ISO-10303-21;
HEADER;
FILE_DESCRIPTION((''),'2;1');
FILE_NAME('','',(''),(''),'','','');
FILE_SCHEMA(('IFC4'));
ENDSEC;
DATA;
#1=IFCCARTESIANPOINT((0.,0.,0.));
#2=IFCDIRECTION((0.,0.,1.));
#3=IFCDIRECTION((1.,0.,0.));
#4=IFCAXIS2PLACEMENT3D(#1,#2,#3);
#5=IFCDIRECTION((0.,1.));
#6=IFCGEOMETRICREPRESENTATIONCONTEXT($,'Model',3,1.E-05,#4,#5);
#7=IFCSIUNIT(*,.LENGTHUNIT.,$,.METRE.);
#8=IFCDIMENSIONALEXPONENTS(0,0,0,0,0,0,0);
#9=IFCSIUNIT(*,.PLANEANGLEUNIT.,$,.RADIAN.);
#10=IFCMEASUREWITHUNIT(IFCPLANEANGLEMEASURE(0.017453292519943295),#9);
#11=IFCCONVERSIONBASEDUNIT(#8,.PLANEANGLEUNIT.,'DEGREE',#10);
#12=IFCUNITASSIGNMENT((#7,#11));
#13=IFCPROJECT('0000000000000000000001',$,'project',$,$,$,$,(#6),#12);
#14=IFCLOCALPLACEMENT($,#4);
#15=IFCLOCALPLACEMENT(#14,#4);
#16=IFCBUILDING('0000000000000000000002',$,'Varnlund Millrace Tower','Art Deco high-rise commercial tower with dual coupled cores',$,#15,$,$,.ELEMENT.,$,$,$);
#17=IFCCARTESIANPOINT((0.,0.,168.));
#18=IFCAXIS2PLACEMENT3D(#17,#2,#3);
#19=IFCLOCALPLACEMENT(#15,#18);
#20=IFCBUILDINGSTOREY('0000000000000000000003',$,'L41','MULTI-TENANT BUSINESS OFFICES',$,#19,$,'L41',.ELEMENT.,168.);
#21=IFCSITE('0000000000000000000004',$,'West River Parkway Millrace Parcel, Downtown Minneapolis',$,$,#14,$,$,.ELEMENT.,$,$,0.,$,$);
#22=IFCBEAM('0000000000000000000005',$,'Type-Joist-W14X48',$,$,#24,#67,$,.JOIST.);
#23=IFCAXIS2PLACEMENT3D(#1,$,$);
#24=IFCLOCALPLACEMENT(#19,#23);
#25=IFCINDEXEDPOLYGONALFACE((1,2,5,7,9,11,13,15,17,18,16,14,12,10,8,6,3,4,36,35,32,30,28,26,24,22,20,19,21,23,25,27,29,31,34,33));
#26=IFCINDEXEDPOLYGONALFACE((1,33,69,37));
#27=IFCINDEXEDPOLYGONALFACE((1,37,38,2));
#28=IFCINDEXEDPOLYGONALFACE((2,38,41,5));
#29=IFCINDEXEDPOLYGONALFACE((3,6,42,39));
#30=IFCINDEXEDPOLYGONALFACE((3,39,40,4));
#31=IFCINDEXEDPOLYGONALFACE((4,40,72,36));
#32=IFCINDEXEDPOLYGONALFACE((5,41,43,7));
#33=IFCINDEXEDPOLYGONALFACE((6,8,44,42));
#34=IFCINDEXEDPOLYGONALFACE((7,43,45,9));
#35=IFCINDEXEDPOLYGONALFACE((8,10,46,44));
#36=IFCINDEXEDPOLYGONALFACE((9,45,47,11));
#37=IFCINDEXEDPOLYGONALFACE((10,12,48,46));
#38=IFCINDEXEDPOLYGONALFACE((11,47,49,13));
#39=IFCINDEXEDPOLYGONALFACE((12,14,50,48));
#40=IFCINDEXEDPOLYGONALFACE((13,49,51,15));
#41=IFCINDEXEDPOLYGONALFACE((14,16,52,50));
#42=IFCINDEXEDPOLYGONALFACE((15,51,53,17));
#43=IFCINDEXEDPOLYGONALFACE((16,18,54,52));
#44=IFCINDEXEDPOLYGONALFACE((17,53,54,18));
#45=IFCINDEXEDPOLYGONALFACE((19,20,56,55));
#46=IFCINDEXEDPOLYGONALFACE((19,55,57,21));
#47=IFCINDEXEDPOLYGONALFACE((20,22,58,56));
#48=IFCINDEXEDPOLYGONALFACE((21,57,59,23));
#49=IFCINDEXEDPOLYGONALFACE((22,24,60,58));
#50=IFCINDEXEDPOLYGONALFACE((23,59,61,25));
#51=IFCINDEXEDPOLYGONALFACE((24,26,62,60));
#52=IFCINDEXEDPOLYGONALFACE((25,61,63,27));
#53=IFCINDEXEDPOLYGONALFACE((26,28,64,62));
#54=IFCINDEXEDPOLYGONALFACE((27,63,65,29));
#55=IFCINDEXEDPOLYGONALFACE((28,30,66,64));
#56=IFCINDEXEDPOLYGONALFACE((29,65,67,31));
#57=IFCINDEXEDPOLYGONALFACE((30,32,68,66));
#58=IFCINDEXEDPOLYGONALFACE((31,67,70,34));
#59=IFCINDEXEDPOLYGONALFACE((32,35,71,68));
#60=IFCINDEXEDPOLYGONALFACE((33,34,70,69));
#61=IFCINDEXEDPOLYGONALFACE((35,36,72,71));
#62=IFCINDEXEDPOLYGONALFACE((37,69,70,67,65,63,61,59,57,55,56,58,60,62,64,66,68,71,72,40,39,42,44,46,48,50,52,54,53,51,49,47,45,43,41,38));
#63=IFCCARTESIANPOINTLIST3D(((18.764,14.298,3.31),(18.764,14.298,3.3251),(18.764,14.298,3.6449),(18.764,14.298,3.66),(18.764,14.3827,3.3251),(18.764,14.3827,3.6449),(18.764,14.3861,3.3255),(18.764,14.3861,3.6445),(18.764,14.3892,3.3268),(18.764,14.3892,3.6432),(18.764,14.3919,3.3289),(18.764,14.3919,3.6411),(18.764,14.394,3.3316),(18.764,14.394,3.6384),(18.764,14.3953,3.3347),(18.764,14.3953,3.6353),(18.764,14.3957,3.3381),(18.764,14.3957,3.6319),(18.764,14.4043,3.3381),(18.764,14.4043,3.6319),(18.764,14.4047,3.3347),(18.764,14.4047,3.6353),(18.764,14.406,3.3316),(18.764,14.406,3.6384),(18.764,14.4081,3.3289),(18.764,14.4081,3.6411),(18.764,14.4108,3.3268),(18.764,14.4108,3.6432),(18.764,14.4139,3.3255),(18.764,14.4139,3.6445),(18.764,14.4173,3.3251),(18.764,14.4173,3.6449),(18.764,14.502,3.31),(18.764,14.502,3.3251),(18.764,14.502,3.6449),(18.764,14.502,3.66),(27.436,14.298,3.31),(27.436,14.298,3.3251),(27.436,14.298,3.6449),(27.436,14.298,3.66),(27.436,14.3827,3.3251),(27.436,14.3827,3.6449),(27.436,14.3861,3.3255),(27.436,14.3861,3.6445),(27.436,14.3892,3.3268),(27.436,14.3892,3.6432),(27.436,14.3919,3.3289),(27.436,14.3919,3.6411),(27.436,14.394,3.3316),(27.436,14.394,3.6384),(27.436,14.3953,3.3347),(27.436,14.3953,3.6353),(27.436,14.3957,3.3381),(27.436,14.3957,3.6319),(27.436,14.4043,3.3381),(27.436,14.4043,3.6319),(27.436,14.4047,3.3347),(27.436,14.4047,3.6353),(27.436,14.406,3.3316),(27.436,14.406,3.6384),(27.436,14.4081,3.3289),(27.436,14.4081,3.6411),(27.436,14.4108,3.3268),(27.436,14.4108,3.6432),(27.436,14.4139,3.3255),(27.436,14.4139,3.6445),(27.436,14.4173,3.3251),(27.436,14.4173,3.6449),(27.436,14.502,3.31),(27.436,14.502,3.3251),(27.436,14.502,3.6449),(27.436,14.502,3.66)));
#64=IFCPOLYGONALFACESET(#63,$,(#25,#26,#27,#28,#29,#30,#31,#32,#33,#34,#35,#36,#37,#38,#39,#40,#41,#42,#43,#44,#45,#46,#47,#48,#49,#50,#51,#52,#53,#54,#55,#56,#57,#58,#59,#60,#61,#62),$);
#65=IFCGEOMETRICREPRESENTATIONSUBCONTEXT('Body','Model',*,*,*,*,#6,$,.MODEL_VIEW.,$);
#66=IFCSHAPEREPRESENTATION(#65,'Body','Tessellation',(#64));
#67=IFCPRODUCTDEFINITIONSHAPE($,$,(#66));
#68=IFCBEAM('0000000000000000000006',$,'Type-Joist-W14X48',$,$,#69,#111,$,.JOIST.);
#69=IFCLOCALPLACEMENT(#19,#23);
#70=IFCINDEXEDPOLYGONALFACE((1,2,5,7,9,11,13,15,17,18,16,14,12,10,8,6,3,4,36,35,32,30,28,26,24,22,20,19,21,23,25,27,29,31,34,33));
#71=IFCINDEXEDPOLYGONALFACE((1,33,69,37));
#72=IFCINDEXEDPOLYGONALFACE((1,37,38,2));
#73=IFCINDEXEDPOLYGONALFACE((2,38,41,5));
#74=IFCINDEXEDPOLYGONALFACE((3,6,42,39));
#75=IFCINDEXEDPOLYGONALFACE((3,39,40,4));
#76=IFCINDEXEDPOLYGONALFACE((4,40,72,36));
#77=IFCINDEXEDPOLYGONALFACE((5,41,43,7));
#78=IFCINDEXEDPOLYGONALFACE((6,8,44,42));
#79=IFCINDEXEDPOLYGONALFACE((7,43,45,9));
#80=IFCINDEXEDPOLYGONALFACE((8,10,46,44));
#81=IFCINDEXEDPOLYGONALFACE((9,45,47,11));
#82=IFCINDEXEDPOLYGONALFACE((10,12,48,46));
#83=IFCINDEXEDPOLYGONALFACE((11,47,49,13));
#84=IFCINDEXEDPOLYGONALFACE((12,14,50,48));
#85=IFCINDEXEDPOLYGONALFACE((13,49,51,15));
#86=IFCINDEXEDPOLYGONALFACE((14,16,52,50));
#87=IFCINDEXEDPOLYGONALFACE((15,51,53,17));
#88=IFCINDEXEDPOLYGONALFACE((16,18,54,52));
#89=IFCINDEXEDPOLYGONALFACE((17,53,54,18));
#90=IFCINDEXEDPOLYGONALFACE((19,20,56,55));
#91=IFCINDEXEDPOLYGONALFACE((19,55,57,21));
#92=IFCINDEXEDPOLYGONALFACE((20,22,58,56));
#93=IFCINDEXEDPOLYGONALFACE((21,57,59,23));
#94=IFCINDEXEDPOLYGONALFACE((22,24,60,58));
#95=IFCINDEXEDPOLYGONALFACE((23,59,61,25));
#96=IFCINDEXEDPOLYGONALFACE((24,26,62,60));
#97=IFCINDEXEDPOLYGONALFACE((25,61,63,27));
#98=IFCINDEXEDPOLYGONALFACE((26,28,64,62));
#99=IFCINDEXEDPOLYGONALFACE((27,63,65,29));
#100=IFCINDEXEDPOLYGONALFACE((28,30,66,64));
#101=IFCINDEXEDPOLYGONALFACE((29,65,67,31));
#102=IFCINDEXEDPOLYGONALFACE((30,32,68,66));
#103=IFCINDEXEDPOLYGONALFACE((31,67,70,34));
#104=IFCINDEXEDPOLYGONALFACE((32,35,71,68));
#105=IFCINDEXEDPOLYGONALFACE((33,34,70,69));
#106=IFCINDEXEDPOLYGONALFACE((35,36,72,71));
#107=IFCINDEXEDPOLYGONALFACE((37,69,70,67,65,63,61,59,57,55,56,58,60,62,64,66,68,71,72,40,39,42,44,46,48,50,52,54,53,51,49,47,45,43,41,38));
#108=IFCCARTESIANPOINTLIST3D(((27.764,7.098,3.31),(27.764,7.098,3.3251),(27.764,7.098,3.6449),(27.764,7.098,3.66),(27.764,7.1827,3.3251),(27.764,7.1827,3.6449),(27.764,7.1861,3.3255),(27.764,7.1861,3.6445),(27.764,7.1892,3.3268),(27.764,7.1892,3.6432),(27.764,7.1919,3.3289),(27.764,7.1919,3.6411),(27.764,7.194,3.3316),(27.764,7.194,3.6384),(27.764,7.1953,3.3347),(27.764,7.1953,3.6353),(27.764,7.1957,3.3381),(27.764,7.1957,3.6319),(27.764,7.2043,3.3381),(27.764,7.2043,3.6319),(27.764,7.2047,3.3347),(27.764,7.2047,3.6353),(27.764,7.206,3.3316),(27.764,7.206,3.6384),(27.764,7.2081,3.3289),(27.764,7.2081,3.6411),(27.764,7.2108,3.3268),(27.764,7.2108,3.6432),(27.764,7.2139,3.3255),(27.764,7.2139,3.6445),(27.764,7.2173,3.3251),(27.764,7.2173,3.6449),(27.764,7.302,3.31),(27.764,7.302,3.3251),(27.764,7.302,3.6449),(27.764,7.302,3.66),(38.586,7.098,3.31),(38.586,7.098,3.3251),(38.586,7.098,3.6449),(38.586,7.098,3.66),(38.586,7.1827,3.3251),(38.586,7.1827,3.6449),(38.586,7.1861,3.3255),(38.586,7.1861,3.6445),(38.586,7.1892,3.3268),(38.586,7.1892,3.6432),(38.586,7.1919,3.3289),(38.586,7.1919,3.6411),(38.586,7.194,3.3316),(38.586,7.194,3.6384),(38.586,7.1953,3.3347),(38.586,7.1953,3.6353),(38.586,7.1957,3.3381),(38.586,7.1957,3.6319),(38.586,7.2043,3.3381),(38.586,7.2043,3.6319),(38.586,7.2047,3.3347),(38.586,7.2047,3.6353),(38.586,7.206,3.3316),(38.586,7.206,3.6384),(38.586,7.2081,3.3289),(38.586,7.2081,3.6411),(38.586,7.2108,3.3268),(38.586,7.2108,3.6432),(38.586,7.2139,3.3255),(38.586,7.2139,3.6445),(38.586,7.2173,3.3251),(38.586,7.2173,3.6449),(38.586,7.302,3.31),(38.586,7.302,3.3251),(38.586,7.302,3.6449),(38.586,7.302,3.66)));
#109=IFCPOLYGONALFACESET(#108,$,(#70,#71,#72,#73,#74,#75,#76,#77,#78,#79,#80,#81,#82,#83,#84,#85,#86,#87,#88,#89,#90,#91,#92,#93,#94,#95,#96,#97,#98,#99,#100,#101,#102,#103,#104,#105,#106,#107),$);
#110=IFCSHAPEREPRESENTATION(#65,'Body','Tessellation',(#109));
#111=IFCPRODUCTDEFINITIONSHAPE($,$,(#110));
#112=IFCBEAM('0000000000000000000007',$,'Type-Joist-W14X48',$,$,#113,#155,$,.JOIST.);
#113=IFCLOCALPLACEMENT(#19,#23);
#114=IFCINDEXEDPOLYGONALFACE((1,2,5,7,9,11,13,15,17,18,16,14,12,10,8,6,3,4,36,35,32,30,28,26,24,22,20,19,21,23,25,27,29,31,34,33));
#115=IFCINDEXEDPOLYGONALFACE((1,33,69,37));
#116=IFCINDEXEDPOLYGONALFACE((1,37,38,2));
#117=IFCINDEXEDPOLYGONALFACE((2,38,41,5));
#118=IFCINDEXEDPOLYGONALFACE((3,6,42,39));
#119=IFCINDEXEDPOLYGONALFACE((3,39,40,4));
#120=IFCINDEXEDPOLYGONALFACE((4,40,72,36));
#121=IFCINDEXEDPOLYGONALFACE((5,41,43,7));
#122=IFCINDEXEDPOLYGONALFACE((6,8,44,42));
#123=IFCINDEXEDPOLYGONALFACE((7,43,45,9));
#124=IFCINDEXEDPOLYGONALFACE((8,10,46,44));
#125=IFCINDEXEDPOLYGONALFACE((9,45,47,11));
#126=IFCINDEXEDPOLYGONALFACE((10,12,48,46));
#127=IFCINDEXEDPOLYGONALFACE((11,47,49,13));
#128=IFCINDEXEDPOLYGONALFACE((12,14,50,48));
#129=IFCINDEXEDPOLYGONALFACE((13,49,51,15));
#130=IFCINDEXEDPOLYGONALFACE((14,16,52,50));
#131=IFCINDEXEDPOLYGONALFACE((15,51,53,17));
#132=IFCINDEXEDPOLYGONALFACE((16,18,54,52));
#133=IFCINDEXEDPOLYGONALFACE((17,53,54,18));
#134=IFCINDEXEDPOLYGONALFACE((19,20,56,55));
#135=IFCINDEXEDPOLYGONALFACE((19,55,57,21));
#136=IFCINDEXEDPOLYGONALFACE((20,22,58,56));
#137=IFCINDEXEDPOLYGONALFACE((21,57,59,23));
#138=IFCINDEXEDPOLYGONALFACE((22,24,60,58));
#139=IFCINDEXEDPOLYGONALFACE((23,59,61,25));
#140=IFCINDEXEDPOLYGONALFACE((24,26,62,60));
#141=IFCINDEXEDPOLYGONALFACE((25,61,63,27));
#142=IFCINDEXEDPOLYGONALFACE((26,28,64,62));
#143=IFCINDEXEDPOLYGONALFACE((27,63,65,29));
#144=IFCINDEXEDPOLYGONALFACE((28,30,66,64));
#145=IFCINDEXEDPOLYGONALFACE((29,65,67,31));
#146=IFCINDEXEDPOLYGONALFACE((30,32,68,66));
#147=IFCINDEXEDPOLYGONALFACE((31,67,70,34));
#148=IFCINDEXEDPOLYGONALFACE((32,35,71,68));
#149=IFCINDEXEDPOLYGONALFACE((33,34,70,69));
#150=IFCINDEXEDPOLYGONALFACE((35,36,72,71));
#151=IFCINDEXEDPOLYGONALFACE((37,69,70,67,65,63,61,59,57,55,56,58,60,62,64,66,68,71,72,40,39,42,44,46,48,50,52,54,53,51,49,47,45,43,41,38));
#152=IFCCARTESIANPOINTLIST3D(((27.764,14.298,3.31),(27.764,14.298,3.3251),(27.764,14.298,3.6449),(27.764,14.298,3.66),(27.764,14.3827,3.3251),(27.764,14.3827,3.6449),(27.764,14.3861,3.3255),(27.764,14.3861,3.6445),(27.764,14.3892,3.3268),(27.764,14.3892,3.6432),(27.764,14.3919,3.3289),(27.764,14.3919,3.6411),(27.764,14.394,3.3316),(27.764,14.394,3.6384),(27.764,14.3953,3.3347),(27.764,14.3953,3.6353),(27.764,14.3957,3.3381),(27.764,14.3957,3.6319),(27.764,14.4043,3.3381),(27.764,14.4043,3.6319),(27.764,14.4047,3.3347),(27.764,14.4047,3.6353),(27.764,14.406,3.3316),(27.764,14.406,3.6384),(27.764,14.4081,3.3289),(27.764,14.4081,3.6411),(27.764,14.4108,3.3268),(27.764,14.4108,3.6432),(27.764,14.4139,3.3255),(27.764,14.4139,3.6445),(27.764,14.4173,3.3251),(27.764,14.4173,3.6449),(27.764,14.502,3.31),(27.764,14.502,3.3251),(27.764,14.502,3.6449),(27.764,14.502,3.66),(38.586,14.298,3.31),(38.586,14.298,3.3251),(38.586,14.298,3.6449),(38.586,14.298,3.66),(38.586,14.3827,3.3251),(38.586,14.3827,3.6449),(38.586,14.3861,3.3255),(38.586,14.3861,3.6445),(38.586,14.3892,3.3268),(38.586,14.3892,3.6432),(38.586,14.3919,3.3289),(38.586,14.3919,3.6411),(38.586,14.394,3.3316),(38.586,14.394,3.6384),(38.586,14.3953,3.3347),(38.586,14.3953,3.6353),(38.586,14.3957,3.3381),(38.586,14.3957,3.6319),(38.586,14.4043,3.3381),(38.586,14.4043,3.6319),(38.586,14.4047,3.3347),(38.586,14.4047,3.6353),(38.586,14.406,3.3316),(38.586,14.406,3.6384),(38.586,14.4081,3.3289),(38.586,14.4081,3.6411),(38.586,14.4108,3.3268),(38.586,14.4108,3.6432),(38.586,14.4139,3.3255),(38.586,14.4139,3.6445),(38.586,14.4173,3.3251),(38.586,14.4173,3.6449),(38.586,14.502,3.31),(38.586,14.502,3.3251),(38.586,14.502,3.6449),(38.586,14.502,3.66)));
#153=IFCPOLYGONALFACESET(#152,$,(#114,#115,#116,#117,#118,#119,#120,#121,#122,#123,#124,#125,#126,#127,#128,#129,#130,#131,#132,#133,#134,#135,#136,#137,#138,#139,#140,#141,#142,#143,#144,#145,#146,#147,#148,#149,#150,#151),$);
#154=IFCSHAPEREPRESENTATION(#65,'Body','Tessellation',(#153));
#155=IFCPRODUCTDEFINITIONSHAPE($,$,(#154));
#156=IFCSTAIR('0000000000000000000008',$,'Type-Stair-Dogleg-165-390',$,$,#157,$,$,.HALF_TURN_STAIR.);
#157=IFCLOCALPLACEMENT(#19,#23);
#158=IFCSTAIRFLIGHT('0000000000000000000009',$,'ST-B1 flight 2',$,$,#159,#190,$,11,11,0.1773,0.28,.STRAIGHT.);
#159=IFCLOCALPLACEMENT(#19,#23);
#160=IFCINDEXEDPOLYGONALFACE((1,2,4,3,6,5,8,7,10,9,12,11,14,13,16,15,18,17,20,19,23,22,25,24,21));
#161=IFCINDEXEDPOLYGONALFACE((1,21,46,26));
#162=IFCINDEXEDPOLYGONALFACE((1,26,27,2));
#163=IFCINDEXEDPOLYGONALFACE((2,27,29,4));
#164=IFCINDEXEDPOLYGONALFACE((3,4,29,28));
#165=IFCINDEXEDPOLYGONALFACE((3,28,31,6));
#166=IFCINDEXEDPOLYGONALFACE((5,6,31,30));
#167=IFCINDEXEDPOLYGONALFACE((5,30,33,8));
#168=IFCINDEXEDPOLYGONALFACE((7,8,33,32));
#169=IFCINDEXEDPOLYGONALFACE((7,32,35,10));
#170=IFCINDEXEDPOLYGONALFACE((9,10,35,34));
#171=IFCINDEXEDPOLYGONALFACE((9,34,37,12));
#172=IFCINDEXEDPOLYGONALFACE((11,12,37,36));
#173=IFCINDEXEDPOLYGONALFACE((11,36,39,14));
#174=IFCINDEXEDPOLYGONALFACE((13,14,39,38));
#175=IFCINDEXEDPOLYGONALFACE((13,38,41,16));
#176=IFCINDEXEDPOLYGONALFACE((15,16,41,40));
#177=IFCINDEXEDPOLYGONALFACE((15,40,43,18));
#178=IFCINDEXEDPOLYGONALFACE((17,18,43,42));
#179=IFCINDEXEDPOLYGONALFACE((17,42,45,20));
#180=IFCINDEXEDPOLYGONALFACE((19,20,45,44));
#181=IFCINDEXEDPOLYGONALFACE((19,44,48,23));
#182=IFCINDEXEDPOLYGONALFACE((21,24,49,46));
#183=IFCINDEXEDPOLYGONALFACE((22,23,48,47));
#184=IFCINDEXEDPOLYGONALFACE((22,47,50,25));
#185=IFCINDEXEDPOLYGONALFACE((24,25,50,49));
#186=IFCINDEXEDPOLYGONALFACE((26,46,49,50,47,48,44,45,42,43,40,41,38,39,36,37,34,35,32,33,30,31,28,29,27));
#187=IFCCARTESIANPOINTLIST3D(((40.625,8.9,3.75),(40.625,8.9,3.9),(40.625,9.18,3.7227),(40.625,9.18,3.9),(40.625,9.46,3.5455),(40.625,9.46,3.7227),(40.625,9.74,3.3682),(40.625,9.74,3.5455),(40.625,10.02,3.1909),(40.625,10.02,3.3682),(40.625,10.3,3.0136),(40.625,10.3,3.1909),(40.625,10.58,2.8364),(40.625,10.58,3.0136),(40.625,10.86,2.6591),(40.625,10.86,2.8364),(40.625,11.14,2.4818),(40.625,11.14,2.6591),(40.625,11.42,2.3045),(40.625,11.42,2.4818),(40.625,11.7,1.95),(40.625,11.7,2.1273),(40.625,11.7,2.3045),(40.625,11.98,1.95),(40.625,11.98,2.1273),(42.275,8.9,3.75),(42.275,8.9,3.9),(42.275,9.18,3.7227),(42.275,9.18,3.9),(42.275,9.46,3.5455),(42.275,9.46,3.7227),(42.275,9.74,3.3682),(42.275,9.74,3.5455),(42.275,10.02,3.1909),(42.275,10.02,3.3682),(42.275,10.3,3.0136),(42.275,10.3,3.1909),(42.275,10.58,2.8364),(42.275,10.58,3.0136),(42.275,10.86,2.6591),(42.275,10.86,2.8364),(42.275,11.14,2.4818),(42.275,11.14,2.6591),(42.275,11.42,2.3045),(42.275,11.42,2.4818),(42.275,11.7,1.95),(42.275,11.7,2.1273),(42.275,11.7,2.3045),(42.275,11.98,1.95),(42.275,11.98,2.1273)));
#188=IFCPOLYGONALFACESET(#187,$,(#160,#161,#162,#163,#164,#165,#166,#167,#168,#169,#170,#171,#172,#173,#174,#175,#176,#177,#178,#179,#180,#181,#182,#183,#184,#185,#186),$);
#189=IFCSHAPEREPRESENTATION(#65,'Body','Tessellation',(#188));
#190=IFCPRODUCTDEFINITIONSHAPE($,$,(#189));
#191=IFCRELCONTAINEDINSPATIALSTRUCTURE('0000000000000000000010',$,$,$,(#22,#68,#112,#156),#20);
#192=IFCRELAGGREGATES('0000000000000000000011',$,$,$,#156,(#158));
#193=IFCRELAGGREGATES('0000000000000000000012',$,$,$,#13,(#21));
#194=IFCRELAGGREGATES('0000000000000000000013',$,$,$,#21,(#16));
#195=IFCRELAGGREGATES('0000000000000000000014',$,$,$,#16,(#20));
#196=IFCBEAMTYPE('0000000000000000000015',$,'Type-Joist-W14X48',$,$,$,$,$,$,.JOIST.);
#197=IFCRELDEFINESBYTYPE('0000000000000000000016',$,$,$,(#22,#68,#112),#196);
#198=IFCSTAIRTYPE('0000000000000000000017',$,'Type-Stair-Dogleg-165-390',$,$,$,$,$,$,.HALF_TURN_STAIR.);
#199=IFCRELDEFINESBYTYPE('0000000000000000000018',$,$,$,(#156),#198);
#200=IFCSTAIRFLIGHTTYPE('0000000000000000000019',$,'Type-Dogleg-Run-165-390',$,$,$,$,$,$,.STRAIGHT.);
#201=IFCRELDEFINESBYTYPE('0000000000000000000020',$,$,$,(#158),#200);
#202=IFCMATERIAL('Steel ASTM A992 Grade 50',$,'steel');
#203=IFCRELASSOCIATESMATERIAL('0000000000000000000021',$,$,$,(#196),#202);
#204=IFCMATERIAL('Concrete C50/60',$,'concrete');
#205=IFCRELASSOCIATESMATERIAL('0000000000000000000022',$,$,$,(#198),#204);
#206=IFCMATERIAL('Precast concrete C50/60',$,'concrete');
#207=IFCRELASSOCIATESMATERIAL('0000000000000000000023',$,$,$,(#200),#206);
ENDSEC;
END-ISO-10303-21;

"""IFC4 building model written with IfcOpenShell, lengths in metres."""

from ifc_helpers import new_model, entity, si_unit, converted_unit, direction, frame, origin_with_axes, origin_2d_with_axis, place, context, subcontext, project, spatial, polyline, i_section, outline, extrude, material, material_profile, profile_set, type_object, element, aggregate, save


model = new_model("IFC4")

# Units and contexts
model_context = context("Model", 3, precision=1e-05, world=origin_with_axes(), true_north=direction((0.0, 1.0)))
body_context = subcontext(model_context, "Body", "Model", "MODEL_VIEW")
ifc_project = project(units=[si_unit("LENGTHUNIT", "METRE"), converted_unit("PLANEANGLEUNIT", "DEGREE", entity("IfcPlaneAngleMeasure", 0.017453292519943295), si_unit("PLANEANGLEUNIT", "RADIAN"), dimensions=[0, 0, 0, 0, 0, 0, 0])], contexts=[model_context])

# Site, building, storey
site_placement = place(None, origin_with_axes())
site = spatial("IfcSite", under=ifc_project, at=site_placement, Name="West River Parkway Millrace Parcel, Downtown Minneapolis", CompositionType="ELEMENT", RefElevation=0.0)
building_placement = place(site_placement, origin_with_axes())
building = spatial("IfcBuilding", under=site, at=building_placement, Name="Varnlund Millrace Tower", Description="Art Deco high-rise commercial tower with dual coupled cores", CompositionType="ELEMENT")
storey_placement = place(building_placement, frame((0.0, 0.0, 168.0), z_axis=(0.0, 0.0, 1.0), x_axis=(1.0, 0.0, 0.0)))
storey = spatial("IfcBuildingStorey", under=building, at=storey_placement, Name="L41", Description="MULTI-TENANT BUSINESS OFFICES", LongName="L41", CompositionType="ELEMENT", Elevation=168.0)

# Beams
ifc_material_1 = material(Name="Steel ASTM A992 Grade 50", Category="steel")
ifc_material_profile_1 = material_profile(ifc_material_1, i_section(OverallWidth=0.204, OverallDepth=0.35, WebThickness=0.0086, FlangeThickness=0.0151, FilletRadius=0.013, at=origin_2d_with_axis()), Name="Steel ASTM A992 Grade 50")
ifc_profile_set_1 = profile_set([ifc_material_profile_1], Name="Steel ASTM A992 Grade 50")
beam_type_1 = type_object("IfcBeamType", Name="Type-Joist-W14X48", PredefinedType="JOIST", material=ifc_profile_set_1)
for number, where, z_axis, x_axis, name in (
    (1, (18.764, 14.4, 3.485), (1.0, 0.0, 0.0), (0.0, 1.0, 0.0), "Type-Joist-W14X48"),
):
    element("IfcBeam", number, at=place(storey_placement, frame(where, z_axis=z_axis, x_axis=x_axis)), inside=storey, type_object=beam_type_1, Name=name, PredefinedType="JOIST", context=body_context, shape_type="SweptSolid", body=[
        extrude(i_section(OverallWidth=0.204, OverallDepth=0.35, WebThickness=0.0086, FlangeThickness=0.0151, FilletRadius=0.013, at=origin_2d_with_axis()), origin_with_axes(), (0.0, 0.0, 1.0), 8.672),
    ])
for number, where, z_axis, x_axis, name in (
    (2, (27.764, 7.2, 3.485), (1.0, 0.0, 0.0), (0.0, 1.0, 0.0), "Type-Joist-W14X48"),
    (3, (27.764, 14.4, 3.485), (1.0, 0.0, 0.0), (0.0, 1.0, 0.0), "Type-Joist-W14X48"),
):
    element("IfcBeam", number, at=place(storey_placement, frame(where, z_axis=z_axis, x_axis=x_axis)), inside=storey, type_object=beam_type_1, Name=name, PredefinedType="JOIST", context=body_context, shape_type="SweptSolid", body=[
        extrude(i_section(OverallWidth=0.204, OverallDepth=0.35, WebThickness=0.0086, FlangeThickness=0.0151, FilletRadius=0.013, at=origin_2d_with_axis()), origin_with_axes(), (0.0, 0.0, 1.0), 10.822),
    ])

# Stair, stair flight
ifc_material_2 = material(Name="Concrete C50/60", Category="concrete")
stair_type = type_object("IfcStairType", Name="Type-Stair-Dogleg-165-390", PredefinedType="HALF_TURN_STAIR", material=ifc_material_2)
stair_placement = place(storey_placement, origin_with_axes())
stair = element("IfcStair", 4, at=stair_placement, inside=storey, type_object=stair_type, Name="Type-Stair-Dogleg-165-390", PredefinedType="HALF_TURN_STAIR")
ifc_material_3 = material(Name="Precast concrete C50/60", Category="concrete")
stair_flight_type = type_object("IfcStairFlightType", Name="Type-Dogleg-Run-165-390", PredefinedType="STRAIGHT", material=ifc_material_3)
stair_flight_placement = place(storey_placement, frame((42.275, 11.98, 1.95), z_axis=(-1.0, 0.0, 0.0), x_axis=(0.0, -1.0, 0.0)))
stair_flight = element("IfcStairFlight", 5, at=stair_flight_placement, type_object=stair_flight_type, Name="ST-B1 flight 2", NumberOfRisers=11, NumberOfTreads=11, PredefinedType="STRAIGHT", RiserHeight=0.1773, TreadLength=0.28, context=body_context, shape_type="SweptSolid", body=[
    extrude(outline(polyline([(0.0, 0.0), (0.0, 0.1773), (0.28, 0.1773), (0.28, 0.3545), (0.56, 0.3545), (0.56, 0.5318), (0.84, 0.5318), (0.84, 0.7091), (1.12, 0.7091), (1.12, 0.8864), (1.4, 0.8864), (1.4, 1.0636), (1.68, 1.0636), (1.68, 1.2409), (1.96, 1.2409), (1.96, 1.4182), (2.24, 1.4182), (2.24, 1.5955), (2.52, 1.5955), (2.52, 1.7727), (2.8, 1.7727), (2.8, 1.95), (3.08, 1.95), (3.08, 1.8), (0.28, 0.0), (0.0, 0.0)])), origin_with_axes(), (0.0, 0.0, 1.0), 1.65),
])
aggregate(stair, [stair_flight])

save(model, "model.ifc")
